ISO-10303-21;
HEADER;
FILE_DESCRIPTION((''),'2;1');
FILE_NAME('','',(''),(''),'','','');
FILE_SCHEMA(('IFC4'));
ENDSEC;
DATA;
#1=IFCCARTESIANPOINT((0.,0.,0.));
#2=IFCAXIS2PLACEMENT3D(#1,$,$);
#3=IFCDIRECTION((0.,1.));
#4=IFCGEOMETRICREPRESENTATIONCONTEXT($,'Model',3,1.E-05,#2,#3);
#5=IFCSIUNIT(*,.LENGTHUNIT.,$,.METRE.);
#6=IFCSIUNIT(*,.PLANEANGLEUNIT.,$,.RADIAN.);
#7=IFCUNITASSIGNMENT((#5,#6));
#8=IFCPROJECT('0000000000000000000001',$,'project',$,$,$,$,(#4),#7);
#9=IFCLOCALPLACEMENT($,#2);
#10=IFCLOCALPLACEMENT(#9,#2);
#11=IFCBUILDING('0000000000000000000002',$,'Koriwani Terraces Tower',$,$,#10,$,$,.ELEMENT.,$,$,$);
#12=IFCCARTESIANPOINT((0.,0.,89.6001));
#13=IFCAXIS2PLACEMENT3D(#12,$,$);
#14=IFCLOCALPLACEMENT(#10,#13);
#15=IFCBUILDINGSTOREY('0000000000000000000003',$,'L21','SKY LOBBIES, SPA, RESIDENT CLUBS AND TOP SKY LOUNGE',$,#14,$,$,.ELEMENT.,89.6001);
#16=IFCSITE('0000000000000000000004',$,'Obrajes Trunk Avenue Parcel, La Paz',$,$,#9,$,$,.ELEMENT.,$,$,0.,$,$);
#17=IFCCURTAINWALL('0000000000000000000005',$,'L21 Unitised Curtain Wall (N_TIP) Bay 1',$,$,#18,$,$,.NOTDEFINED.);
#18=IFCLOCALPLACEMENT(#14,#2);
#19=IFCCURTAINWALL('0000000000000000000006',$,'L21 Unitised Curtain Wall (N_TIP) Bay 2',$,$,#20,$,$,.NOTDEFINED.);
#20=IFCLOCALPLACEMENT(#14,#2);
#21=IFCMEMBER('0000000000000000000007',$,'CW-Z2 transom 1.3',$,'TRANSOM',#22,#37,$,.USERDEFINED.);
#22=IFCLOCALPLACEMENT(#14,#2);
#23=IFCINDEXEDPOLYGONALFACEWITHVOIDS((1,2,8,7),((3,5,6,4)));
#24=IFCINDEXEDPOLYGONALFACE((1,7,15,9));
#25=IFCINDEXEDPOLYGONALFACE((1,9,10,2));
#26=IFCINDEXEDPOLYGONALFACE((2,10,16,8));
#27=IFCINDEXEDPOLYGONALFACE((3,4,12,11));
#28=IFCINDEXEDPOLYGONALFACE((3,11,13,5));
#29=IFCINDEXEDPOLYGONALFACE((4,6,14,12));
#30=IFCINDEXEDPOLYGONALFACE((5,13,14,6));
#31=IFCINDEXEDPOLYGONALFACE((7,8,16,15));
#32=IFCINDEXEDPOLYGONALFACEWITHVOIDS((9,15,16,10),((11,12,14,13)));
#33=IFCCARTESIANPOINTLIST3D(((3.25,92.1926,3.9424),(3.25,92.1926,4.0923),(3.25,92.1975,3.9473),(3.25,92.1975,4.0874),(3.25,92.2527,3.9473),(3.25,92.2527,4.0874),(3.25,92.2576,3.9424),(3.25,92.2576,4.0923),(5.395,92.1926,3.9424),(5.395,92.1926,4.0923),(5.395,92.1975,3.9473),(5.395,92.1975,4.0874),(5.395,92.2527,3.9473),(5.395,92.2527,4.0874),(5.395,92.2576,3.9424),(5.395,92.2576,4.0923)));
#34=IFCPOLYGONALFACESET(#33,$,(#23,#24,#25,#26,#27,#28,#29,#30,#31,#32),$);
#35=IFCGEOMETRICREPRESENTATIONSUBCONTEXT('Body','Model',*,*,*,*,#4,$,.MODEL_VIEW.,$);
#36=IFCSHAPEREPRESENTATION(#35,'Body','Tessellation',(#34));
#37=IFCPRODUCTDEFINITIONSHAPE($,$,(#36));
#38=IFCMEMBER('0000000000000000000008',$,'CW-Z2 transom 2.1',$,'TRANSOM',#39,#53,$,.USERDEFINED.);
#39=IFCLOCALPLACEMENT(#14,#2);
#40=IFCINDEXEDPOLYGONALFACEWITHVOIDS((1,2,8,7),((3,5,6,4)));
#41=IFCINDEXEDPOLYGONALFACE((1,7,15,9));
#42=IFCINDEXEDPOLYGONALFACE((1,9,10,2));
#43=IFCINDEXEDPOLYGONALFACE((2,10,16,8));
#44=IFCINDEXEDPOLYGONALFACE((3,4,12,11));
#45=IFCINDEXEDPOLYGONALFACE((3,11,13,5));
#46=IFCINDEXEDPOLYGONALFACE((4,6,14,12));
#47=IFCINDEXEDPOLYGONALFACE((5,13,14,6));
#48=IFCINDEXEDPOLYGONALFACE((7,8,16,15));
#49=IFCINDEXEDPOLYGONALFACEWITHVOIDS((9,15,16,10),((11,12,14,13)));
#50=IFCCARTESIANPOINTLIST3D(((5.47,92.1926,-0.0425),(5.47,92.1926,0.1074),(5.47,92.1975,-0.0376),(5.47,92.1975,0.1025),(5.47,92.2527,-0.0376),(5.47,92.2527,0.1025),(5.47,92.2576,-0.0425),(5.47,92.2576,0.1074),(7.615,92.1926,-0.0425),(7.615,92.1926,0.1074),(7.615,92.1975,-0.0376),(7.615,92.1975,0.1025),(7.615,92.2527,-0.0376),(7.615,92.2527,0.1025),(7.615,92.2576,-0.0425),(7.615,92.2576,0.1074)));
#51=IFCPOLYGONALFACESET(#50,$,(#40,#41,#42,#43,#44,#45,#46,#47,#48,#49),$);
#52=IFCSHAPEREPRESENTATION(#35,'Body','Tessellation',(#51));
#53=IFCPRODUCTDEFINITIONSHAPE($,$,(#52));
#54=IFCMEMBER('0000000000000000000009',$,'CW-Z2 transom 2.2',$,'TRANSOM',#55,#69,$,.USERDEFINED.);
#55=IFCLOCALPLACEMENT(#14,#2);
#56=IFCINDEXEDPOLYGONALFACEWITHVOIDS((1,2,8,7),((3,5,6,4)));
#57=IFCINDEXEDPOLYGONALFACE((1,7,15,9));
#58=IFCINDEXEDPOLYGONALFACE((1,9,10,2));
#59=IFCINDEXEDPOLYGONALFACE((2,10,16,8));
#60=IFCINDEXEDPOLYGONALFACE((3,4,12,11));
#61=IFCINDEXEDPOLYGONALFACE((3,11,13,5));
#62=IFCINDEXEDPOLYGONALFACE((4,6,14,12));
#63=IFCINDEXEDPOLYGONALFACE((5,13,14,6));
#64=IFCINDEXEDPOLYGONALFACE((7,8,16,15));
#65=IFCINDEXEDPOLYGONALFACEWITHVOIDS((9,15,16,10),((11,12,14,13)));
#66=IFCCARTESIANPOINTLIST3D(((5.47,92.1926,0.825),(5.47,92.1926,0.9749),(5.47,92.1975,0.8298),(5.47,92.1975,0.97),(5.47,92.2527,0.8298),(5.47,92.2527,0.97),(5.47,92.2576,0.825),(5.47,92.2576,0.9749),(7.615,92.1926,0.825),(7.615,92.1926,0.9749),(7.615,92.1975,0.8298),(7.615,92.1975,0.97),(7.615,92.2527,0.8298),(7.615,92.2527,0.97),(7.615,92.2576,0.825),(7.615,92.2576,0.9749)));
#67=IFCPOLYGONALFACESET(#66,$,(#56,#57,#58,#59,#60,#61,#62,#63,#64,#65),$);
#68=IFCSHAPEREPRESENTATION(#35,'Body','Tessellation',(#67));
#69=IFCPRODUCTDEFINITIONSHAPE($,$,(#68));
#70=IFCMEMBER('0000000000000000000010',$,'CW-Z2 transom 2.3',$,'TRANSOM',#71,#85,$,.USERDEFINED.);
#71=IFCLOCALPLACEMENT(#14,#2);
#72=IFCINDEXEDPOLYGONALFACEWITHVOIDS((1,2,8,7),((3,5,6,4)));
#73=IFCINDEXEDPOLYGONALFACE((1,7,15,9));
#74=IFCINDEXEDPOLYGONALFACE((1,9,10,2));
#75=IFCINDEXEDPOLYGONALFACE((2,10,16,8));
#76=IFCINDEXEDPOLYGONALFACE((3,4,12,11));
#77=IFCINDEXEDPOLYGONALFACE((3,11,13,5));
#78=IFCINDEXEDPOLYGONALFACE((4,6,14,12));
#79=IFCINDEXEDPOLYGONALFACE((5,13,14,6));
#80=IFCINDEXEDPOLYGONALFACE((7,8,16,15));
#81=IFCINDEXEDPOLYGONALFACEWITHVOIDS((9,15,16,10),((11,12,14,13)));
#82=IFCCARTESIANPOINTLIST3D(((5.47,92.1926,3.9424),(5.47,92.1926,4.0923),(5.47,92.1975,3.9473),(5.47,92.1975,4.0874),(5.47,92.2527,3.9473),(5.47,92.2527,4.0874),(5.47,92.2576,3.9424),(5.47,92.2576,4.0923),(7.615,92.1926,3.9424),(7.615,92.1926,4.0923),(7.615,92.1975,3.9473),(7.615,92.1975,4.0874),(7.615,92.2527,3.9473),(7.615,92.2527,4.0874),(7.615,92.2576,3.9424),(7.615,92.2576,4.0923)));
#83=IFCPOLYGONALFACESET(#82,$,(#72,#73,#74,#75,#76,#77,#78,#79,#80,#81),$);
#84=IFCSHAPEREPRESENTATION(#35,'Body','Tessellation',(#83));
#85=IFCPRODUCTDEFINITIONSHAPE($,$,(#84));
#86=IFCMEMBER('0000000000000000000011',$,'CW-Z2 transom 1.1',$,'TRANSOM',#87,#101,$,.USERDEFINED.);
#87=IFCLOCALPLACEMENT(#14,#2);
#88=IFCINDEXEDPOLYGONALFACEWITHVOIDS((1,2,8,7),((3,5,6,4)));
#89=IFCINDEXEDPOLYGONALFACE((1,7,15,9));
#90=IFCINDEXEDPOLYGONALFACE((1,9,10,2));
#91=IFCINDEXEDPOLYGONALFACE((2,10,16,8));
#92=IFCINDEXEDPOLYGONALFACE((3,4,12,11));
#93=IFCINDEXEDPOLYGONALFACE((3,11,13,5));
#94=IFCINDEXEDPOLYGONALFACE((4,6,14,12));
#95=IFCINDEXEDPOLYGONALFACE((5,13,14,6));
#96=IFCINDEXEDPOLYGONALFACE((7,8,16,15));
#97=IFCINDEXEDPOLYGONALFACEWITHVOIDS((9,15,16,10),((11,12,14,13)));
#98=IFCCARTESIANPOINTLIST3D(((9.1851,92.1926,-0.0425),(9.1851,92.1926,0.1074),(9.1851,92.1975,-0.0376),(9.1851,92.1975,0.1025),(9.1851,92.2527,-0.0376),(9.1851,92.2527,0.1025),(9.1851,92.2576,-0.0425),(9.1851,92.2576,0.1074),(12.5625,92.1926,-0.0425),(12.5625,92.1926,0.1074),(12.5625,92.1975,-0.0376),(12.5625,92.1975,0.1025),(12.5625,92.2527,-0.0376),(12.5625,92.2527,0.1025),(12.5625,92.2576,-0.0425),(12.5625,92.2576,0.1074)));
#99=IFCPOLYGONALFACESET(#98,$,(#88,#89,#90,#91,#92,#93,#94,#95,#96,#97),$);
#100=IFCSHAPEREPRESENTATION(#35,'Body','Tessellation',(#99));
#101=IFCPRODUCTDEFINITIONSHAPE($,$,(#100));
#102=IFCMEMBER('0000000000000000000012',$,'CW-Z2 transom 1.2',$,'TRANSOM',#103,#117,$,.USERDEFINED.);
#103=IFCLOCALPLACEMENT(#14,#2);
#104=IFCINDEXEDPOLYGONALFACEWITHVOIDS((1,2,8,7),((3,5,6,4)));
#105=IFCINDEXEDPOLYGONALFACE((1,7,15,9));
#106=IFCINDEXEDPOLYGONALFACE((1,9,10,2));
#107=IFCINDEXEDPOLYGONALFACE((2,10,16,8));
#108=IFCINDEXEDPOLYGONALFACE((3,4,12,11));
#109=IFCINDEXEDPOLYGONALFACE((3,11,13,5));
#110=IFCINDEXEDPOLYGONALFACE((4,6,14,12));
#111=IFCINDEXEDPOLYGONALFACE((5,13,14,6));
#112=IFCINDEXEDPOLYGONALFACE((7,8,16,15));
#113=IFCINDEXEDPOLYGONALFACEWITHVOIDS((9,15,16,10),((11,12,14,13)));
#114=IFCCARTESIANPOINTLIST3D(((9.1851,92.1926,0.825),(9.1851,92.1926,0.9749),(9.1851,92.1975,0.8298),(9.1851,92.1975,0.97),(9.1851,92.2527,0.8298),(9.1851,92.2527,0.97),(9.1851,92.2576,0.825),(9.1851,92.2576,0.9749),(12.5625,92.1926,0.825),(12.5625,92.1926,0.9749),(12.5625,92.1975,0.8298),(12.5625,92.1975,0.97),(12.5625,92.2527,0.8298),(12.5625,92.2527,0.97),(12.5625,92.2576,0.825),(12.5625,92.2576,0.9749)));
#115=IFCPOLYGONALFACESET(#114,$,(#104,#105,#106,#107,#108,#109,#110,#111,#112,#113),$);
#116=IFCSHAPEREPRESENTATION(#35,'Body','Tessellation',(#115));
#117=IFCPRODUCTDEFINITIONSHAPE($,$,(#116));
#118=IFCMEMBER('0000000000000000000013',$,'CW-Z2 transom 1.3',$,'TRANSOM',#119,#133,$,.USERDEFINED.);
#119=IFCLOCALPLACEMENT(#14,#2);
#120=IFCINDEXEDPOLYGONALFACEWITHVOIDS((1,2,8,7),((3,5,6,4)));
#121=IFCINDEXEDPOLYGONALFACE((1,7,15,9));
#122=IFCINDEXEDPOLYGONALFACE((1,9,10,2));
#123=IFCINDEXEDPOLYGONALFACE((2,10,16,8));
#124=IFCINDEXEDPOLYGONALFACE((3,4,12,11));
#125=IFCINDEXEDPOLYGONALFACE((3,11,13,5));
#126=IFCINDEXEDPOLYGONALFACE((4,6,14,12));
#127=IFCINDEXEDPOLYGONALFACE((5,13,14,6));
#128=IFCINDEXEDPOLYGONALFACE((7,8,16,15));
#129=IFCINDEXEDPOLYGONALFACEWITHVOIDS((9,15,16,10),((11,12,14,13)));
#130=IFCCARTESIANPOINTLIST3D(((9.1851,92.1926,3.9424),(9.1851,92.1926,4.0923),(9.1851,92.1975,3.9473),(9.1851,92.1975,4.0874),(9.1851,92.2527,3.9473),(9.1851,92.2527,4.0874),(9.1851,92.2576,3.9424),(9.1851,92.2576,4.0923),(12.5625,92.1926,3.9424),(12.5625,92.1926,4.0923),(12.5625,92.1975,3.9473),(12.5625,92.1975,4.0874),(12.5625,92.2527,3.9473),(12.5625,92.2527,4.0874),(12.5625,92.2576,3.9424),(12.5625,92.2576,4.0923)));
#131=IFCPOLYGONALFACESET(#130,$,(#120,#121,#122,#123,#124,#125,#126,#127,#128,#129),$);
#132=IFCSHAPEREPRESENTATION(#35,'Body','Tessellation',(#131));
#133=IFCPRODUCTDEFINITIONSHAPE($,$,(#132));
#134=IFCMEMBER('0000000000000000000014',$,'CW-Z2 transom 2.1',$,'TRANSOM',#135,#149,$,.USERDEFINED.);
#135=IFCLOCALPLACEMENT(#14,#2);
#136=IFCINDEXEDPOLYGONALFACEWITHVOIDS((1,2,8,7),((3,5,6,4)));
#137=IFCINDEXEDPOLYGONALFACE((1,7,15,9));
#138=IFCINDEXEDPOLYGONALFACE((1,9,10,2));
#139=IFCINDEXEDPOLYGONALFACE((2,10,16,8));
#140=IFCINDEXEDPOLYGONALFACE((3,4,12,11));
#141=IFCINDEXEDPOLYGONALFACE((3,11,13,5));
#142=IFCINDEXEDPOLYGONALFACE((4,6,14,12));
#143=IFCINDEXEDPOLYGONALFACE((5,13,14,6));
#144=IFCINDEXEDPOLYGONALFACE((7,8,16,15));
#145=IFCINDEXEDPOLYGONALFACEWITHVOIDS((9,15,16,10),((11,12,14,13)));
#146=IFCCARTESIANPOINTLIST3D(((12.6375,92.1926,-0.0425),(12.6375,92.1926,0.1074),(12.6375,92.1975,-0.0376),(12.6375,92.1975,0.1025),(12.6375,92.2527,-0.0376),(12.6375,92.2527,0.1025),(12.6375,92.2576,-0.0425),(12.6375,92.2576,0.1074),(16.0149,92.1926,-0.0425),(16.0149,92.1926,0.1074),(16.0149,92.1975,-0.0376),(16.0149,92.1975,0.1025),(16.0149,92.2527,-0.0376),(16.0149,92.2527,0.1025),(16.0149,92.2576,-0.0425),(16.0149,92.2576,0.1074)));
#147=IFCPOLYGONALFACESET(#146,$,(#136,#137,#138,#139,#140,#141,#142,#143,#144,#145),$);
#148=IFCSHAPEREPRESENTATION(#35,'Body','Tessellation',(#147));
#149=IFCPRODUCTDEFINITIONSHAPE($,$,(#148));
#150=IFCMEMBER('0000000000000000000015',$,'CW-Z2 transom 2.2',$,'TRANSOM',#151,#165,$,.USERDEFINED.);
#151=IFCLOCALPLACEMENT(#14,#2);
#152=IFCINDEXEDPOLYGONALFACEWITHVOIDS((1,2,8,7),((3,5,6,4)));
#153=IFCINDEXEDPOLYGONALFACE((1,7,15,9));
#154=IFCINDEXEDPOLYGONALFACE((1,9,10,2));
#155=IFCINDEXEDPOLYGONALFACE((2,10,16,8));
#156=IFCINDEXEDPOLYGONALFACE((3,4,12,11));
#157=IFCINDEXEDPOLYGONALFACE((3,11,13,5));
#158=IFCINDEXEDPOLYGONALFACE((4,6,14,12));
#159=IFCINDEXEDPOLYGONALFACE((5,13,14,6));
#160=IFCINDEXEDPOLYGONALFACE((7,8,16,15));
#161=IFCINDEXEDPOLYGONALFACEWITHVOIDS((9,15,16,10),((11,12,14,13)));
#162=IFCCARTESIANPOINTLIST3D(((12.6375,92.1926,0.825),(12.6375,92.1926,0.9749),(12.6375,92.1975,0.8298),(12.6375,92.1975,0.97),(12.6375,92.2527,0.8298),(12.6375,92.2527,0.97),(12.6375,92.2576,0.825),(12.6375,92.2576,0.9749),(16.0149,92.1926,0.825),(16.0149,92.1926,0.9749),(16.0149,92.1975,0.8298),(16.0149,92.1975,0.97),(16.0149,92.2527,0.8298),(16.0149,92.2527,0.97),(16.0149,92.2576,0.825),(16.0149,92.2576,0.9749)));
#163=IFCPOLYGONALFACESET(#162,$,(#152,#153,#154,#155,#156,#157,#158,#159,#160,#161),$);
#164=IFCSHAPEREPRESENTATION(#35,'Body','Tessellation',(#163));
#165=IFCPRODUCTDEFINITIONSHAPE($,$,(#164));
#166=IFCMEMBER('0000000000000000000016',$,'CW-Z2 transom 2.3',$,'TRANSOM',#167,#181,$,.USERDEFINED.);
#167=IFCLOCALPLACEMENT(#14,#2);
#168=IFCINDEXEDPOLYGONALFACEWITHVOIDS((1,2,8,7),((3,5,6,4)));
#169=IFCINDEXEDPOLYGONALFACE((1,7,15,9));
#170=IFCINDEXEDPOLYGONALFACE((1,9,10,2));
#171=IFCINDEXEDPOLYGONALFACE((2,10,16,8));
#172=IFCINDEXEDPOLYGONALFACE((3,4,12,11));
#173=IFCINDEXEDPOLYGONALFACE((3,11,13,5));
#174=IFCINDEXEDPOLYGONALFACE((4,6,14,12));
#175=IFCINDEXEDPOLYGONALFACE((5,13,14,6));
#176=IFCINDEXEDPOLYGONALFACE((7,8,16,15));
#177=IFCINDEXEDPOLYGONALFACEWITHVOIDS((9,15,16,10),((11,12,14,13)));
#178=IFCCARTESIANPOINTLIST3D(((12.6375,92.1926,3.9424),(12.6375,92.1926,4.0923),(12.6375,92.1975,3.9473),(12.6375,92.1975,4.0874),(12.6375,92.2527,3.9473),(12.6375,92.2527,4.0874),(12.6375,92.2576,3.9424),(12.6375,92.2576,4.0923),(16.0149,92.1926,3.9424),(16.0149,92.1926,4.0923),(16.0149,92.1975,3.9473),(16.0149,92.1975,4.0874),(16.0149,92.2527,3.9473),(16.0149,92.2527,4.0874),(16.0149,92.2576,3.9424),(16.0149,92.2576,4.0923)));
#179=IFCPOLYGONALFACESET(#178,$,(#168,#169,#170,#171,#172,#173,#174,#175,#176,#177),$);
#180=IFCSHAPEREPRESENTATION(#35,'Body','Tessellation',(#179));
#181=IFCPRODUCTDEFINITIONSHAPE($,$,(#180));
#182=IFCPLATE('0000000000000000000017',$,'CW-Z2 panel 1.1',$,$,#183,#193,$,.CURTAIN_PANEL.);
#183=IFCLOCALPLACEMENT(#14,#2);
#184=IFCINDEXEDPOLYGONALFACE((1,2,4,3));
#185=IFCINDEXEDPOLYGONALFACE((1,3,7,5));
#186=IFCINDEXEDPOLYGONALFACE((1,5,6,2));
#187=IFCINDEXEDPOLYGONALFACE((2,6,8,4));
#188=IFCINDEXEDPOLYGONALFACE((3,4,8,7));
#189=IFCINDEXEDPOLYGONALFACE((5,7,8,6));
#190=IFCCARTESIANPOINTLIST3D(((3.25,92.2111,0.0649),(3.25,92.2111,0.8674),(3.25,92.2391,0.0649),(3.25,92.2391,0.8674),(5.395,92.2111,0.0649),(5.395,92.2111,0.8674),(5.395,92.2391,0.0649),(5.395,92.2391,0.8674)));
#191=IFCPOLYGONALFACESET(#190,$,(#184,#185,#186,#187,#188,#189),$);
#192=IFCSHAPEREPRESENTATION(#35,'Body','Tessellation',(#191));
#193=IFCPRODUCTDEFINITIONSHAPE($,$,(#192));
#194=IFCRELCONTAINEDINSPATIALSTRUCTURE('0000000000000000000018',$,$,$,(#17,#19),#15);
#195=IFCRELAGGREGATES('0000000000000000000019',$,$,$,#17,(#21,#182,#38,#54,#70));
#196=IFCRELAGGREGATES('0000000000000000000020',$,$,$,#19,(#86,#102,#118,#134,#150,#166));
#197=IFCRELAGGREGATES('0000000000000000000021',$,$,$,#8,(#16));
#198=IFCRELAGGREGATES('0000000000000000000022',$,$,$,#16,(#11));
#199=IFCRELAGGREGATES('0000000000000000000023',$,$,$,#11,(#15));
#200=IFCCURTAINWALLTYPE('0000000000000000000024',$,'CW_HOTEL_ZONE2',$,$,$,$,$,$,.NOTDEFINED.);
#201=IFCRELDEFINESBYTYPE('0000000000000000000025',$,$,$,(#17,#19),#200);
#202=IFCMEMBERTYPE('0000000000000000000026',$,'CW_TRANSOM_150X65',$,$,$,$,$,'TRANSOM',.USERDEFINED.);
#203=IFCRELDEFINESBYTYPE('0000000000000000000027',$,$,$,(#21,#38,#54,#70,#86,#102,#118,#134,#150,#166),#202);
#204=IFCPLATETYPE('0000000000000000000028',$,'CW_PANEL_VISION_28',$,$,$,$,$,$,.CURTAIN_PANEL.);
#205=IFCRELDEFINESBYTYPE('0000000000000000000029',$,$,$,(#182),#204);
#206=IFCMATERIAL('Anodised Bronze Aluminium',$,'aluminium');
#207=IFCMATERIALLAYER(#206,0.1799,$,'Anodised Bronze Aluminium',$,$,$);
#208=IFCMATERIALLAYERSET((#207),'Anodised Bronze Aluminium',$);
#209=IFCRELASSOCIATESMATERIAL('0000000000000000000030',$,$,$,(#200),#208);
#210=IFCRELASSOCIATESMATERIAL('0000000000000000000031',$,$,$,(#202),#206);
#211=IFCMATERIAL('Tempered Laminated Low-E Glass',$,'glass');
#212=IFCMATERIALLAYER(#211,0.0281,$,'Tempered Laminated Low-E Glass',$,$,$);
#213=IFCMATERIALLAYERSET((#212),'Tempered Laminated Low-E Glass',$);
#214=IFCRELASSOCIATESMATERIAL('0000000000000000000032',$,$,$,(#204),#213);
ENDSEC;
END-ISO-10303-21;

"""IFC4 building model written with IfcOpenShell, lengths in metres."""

from ifc_helpers import new_model, si_unit, direction, frame, origin, origin_2d, place, context, subcontext, project, spatial, rectangle, hollow_rectangle, extrude, material, layer, layer_set, material_profile, profile_set, type_object, element, aggregate, save


model = new_model("IFC4")

# Units and contexts
model_context = context("Model", 3, precision=1e-05, world=origin(), true_north=direction((0.0, 1.0)))
body_context = subcontext(model_context, "Body", "Model", "MODEL_VIEW")
ifc_project = project(units=[si_unit("LENGTHUNIT", "METRE"), si_unit("PLANEANGLEUNIT", "RADIAN")], contexts=[model_context])

# Site, building, storey
site_placement = place(None, origin())
site = spatial("IfcSite", under=ifc_project, at=site_placement, Name="Obrajes Trunk Avenue Parcel, La Paz", CompositionType="ELEMENT", RefElevation=0.0)
building_placement = place(site_placement, origin())
building = spatial("IfcBuilding", under=site, at=building_placement, Name="Koriwani Terraces Tower", CompositionType="ELEMENT")
storey_placement = place(building_placement, frame((0.0, 0.0, 89.6001)))
storey = spatial("IfcBuildingStorey", under=building, at=storey_placement, Name="L21", Description="SKY LOBBIES, SPA, RESIDENT CLUBS AND TOP SKY LOUNGE", CompositionType="ELEMENT", Elevation=89.6001)

# Curtain walls
ifc_material_1 = material(Name="Anodised Bronze Aluminium", Category="aluminium")
ifc_layer_1 = layer(ifc_material_1, 0.1799, Name="Anodised Bronze Aluminium")
ifc_layer_set_1 = layer_set([ifc_layer_1], Name="Anodised Bronze Aluminium")
curtain_wall_type = type_object("IfcCurtainWallType", Name="CW_HOTEL_ZONE2", PredefinedType="NOTDEFINED", material=ifc_layer_set_1)
curtain_wall_1_placement = place(storey_placement, origin())
curtain_wall_1 = element("IfcCurtainWall", 1, at=curtain_wall_1_placement, inside=storey, type_object=curtain_wall_type, Name="L21 Unitised Curtain Wall (N_TIP) Bay 1", PredefinedType="NOTDEFINED")
curtain_wall_2_placement = place(storey_placement, origin())
curtain_wall_2 = element("IfcCurtainWall", 2, at=curtain_wall_2_placement, inside=storey, type_object=curtain_wall_type, Name="L21 Unitised Curtain Wall (N_TIP) Bay 2", PredefinedType="NOTDEFINED")

# Members
ifc_material_profile_1 = material_profile(ifc_material_1, hollow_rectangle(XDim=0.0649, YDim=0.1499, WallThickness=0.0049, at=origin_2d()), Name="Anodised Bronze Aluminium", Category="LoadBearing")
ifc_profile_set_1 = profile_set([ifc_material_profile_1], Name="Anodised Bronze Aluminium")
member_type_1 = type_object("IfcMemberType", Name="CW_TRANSOM_150X65", ElementType="TRANSOM", PredefinedType="USERDEFINED", material=ifc_profile_set_1)
member_1_placement = place(storey_placement, frame((3.25, 92.2251, 4.0173), z_axis=(1.0, 0.0, 0.0), x_axis=(0.0, 1.0, 0.0)))
member_1 = element("IfcMember", 3, at=member_1_placement, type_object=member_type_1, Name="CW-Z2 transom 1.3", ObjectType="TRANSOM", PredefinedType="USERDEFINED", context=body_context, shape_type="SweptSolid", body=[
    extrude(hollow_rectangle(XDim=0.0649, YDim=0.1499, WallThickness=0.0049, at=origin_2d()), origin(), (0.0, 0.0, 1.0), 2.145),
])
member_2_placement = place(storey_placement, frame((5.47, 92.2251, 0.0325), z_axis=(1.0, 0.0, 0.0), x_axis=(0.0, 1.0, 0.0)))
member_2 = element("IfcMember", 4, at=member_2_placement, type_object=member_type_1, Name="CW-Z2 transom 2.1", ObjectType="TRANSOM", PredefinedType="USERDEFINED", context=body_context, shape_type="SweptSolid", body=[
    extrude(hollow_rectangle(XDim=0.0649, YDim=0.1499, WallThickness=0.0049, at=origin_2d()), origin(), (0.0, 0.0, 1.0), 2.145),
])
member_3_placement = place(storey_placement, frame((5.47, 92.2251, 0.8999), z_axis=(1.0, 0.0, 0.0), x_axis=(0.0, 1.0, 0.0)))
member_3 = element("IfcMember", 5, at=member_3_placement, type_object=member_type_1, Name="CW-Z2 transom 2.2", ObjectType="TRANSOM", PredefinedType="USERDEFINED", context=body_context, shape_type="SweptSolid", body=[
    extrude(hollow_rectangle(XDim=0.0649, YDim=0.1499, WallThickness=0.0049, at=origin_2d()), origin(), (0.0, 0.0, 1.0), 2.145),
])
member_4_placement = place(storey_placement, frame((5.47, 92.2251, 4.0173), z_axis=(1.0, 0.0, 0.0), x_axis=(0.0, 1.0, 0.0)))
member_4 = element("IfcMember", 6, at=member_4_placement, type_object=member_type_1, Name="CW-Z2 transom 2.3", ObjectType="TRANSOM", PredefinedType="USERDEFINED", context=body_context, shape_type="SweptSolid", body=[
    extrude(hollow_rectangle(XDim=0.0649, YDim=0.1499, WallThickness=0.0049, at=origin_2d()), origin(), (0.0, 0.0, 1.0), 2.145),
])
member_5_placement = place(storey_placement, frame((9.1851, 92.2251, 0.0325), z_axis=(1.0, 0.0, 0.0), x_axis=(0.0, 1.0, 0.0)))
member_5 = element("IfcMember", 7, at=member_5_placement, type_object=member_type_1, Name="CW-Z2 transom 1.1", ObjectType="TRANSOM", PredefinedType="USERDEFINED", context=body_context, shape_type="SweptSolid", body=[
    extrude(hollow_rectangle(XDim=0.0649, YDim=0.1499, WallThickness=0.0049, at=origin_2d()), origin(), (0.0, 0.0, 1.0), 3.3774),
])
member_6_placement = place(storey_placement, frame((9.1851, 92.2251, 0.8999), z_axis=(1.0, 0.0, 0.0), x_axis=(0.0, 1.0, 0.0)))
member_6 = element("IfcMember", 8, at=member_6_placement, type_object=member_type_1, Name="CW-Z2 transom 1.2", ObjectType="TRANSOM", PredefinedType="USERDEFINED", context=body_context, shape_type="SweptSolid", body=[
    extrude(hollow_rectangle(XDim=0.0649, YDim=0.1499, WallThickness=0.0049, at=origin_2d()), origin(), (0.0, 0.0, 1.0), 3.3774),
])
member_7_placement = place(storey_placement, frame((9.1851, 92.2251, 4.0173), z_axis=(1.0, 0.0, 0.0), x_axis=(0.0, 1.0, 0.0)))
member_7 = element("IfcMember", 9, at=member_7_placement, type_object=member_type_1, Name="CW-Z2 transom 1.3", ObjectType="TRANSOM", PredefinedType="USERDEFINED", context=body_context, shape_type="SweptSolid", body=[
    extrude(hollow_rectangle(XDim=0.0649, YDim=0.1499, WallThickness=0.0049, at=origin_2d()), origin(), (0.0, 0.0, 1.0), 3.3774),
])
member_8_placement = place(storey_placement, frame((12.6375, 92.2251, 0.0325), z_axis=(1.0, 0.0, 0.0), x_axis=(0.0, 1.0, 0.0)))
member_8 = element("IfcMember", 10, at=member_8_placement, type_object=member_type_1, Name="CW-Z2 transom 2.1", ObjectType="TRANSOM", PredefinedType="USERDEFINED", context=body_context, shape_type="SweptSolid", body=[
    extrude(hollow_rectangle(XDim=0.0649, YDim=0.1499, WallThickness=0.0049, at=origin_2d()), origin(), (0.0, 0.0, 1.0), 3.3774),
])
member_9_placement = place(storey_placement, frame((12.6375, 92.2251, 0.8999), z_axis=(1.0, 0.0, 0.0), x_axis=(0.0, 1.0, 0.0)))
member_9 = element("IfcMember", 11, at=member_9_placement, type_object=member_type_1, Name="CW-Z2 transom 2.2", ObjectType="TRANSOM", PredefinedType="USERDEFINED", context=body_context, shape_type="SweptSolid", body=[
    extrude(hollow_rectangle(XDim=0.0649, YDim=0.1499, WallThickness=0.0049, at=origin_2d()), origin(), (0.0, 0.0, 1.0), 3.3774),
])
member_10_placement = place(storey_placement, frame((12.6375, 92.2251, 4.0173), z_axis=(1.0, 0.0, 0.0), x_axis=(0.0, 1.0, 0.0)))
member_10 = element("IfcMember", 12, at=member_10_placement, type_object=member_type_1, Name="CW-Z2 transom 2.3", ObjectType="TRANSOM", PredefinedType="USERDEFINED", context=body_context, shape_type="SweptSolid", body=[
    extrude(hollow_rectangle(XDim=0.0649, YDim=0.1499, WallThickness=0.0049, at=origin_2d()), origin(), (0.0, 0.0, 1.0), 3.3774),
])

# Plate
ifc_material_2 = material(Name="Tempered Laminated Low-E Glass", Category="glass")
ifc_layer_2 = layer(ifc_material_2, 0.0281, Name="Tempered Laminated Low-E Glass")
ifc_layer_set_2 = layer_set([ifc_layer_2], Name="Tempered Laminated Low-E Glass")
plate_type = type_object("IfcPlateType", Name="CW_PANEL_VISION_28", PredefinedType="CURTAIN_PANEL", material=ifc_layer_set_2)
plate_1_placement = place(storey_placement, frame((4.3225, 92.2251, 0.0649), z_axis=(0.0, 0.0, 1.0), x_axis=(1.0, 0.0, 0.0)))
plate_1 = element("IfcPlate", 13, at=plate_1_placement, type_object=plate_type, Name="CW-Z2 panel 1.1", PredefinedType="CURTAIN_PANEL", context=body_context, shape_type="SweptSolid", body=[
    extrude(rectangle(XDim=2.145, YDim=0.0281, at=origin_2d()), origin(), (0.0, 0.0, 1.0), 0.8025),
])
aggregate(curtain_wall_1, [member_1, plate_1, member_2, member_3, member_4])
aggregate(curtain_wall_2, [member_5, member_6, member_7, member_8, member_9, member_10])

save(model, "model.ifc")
